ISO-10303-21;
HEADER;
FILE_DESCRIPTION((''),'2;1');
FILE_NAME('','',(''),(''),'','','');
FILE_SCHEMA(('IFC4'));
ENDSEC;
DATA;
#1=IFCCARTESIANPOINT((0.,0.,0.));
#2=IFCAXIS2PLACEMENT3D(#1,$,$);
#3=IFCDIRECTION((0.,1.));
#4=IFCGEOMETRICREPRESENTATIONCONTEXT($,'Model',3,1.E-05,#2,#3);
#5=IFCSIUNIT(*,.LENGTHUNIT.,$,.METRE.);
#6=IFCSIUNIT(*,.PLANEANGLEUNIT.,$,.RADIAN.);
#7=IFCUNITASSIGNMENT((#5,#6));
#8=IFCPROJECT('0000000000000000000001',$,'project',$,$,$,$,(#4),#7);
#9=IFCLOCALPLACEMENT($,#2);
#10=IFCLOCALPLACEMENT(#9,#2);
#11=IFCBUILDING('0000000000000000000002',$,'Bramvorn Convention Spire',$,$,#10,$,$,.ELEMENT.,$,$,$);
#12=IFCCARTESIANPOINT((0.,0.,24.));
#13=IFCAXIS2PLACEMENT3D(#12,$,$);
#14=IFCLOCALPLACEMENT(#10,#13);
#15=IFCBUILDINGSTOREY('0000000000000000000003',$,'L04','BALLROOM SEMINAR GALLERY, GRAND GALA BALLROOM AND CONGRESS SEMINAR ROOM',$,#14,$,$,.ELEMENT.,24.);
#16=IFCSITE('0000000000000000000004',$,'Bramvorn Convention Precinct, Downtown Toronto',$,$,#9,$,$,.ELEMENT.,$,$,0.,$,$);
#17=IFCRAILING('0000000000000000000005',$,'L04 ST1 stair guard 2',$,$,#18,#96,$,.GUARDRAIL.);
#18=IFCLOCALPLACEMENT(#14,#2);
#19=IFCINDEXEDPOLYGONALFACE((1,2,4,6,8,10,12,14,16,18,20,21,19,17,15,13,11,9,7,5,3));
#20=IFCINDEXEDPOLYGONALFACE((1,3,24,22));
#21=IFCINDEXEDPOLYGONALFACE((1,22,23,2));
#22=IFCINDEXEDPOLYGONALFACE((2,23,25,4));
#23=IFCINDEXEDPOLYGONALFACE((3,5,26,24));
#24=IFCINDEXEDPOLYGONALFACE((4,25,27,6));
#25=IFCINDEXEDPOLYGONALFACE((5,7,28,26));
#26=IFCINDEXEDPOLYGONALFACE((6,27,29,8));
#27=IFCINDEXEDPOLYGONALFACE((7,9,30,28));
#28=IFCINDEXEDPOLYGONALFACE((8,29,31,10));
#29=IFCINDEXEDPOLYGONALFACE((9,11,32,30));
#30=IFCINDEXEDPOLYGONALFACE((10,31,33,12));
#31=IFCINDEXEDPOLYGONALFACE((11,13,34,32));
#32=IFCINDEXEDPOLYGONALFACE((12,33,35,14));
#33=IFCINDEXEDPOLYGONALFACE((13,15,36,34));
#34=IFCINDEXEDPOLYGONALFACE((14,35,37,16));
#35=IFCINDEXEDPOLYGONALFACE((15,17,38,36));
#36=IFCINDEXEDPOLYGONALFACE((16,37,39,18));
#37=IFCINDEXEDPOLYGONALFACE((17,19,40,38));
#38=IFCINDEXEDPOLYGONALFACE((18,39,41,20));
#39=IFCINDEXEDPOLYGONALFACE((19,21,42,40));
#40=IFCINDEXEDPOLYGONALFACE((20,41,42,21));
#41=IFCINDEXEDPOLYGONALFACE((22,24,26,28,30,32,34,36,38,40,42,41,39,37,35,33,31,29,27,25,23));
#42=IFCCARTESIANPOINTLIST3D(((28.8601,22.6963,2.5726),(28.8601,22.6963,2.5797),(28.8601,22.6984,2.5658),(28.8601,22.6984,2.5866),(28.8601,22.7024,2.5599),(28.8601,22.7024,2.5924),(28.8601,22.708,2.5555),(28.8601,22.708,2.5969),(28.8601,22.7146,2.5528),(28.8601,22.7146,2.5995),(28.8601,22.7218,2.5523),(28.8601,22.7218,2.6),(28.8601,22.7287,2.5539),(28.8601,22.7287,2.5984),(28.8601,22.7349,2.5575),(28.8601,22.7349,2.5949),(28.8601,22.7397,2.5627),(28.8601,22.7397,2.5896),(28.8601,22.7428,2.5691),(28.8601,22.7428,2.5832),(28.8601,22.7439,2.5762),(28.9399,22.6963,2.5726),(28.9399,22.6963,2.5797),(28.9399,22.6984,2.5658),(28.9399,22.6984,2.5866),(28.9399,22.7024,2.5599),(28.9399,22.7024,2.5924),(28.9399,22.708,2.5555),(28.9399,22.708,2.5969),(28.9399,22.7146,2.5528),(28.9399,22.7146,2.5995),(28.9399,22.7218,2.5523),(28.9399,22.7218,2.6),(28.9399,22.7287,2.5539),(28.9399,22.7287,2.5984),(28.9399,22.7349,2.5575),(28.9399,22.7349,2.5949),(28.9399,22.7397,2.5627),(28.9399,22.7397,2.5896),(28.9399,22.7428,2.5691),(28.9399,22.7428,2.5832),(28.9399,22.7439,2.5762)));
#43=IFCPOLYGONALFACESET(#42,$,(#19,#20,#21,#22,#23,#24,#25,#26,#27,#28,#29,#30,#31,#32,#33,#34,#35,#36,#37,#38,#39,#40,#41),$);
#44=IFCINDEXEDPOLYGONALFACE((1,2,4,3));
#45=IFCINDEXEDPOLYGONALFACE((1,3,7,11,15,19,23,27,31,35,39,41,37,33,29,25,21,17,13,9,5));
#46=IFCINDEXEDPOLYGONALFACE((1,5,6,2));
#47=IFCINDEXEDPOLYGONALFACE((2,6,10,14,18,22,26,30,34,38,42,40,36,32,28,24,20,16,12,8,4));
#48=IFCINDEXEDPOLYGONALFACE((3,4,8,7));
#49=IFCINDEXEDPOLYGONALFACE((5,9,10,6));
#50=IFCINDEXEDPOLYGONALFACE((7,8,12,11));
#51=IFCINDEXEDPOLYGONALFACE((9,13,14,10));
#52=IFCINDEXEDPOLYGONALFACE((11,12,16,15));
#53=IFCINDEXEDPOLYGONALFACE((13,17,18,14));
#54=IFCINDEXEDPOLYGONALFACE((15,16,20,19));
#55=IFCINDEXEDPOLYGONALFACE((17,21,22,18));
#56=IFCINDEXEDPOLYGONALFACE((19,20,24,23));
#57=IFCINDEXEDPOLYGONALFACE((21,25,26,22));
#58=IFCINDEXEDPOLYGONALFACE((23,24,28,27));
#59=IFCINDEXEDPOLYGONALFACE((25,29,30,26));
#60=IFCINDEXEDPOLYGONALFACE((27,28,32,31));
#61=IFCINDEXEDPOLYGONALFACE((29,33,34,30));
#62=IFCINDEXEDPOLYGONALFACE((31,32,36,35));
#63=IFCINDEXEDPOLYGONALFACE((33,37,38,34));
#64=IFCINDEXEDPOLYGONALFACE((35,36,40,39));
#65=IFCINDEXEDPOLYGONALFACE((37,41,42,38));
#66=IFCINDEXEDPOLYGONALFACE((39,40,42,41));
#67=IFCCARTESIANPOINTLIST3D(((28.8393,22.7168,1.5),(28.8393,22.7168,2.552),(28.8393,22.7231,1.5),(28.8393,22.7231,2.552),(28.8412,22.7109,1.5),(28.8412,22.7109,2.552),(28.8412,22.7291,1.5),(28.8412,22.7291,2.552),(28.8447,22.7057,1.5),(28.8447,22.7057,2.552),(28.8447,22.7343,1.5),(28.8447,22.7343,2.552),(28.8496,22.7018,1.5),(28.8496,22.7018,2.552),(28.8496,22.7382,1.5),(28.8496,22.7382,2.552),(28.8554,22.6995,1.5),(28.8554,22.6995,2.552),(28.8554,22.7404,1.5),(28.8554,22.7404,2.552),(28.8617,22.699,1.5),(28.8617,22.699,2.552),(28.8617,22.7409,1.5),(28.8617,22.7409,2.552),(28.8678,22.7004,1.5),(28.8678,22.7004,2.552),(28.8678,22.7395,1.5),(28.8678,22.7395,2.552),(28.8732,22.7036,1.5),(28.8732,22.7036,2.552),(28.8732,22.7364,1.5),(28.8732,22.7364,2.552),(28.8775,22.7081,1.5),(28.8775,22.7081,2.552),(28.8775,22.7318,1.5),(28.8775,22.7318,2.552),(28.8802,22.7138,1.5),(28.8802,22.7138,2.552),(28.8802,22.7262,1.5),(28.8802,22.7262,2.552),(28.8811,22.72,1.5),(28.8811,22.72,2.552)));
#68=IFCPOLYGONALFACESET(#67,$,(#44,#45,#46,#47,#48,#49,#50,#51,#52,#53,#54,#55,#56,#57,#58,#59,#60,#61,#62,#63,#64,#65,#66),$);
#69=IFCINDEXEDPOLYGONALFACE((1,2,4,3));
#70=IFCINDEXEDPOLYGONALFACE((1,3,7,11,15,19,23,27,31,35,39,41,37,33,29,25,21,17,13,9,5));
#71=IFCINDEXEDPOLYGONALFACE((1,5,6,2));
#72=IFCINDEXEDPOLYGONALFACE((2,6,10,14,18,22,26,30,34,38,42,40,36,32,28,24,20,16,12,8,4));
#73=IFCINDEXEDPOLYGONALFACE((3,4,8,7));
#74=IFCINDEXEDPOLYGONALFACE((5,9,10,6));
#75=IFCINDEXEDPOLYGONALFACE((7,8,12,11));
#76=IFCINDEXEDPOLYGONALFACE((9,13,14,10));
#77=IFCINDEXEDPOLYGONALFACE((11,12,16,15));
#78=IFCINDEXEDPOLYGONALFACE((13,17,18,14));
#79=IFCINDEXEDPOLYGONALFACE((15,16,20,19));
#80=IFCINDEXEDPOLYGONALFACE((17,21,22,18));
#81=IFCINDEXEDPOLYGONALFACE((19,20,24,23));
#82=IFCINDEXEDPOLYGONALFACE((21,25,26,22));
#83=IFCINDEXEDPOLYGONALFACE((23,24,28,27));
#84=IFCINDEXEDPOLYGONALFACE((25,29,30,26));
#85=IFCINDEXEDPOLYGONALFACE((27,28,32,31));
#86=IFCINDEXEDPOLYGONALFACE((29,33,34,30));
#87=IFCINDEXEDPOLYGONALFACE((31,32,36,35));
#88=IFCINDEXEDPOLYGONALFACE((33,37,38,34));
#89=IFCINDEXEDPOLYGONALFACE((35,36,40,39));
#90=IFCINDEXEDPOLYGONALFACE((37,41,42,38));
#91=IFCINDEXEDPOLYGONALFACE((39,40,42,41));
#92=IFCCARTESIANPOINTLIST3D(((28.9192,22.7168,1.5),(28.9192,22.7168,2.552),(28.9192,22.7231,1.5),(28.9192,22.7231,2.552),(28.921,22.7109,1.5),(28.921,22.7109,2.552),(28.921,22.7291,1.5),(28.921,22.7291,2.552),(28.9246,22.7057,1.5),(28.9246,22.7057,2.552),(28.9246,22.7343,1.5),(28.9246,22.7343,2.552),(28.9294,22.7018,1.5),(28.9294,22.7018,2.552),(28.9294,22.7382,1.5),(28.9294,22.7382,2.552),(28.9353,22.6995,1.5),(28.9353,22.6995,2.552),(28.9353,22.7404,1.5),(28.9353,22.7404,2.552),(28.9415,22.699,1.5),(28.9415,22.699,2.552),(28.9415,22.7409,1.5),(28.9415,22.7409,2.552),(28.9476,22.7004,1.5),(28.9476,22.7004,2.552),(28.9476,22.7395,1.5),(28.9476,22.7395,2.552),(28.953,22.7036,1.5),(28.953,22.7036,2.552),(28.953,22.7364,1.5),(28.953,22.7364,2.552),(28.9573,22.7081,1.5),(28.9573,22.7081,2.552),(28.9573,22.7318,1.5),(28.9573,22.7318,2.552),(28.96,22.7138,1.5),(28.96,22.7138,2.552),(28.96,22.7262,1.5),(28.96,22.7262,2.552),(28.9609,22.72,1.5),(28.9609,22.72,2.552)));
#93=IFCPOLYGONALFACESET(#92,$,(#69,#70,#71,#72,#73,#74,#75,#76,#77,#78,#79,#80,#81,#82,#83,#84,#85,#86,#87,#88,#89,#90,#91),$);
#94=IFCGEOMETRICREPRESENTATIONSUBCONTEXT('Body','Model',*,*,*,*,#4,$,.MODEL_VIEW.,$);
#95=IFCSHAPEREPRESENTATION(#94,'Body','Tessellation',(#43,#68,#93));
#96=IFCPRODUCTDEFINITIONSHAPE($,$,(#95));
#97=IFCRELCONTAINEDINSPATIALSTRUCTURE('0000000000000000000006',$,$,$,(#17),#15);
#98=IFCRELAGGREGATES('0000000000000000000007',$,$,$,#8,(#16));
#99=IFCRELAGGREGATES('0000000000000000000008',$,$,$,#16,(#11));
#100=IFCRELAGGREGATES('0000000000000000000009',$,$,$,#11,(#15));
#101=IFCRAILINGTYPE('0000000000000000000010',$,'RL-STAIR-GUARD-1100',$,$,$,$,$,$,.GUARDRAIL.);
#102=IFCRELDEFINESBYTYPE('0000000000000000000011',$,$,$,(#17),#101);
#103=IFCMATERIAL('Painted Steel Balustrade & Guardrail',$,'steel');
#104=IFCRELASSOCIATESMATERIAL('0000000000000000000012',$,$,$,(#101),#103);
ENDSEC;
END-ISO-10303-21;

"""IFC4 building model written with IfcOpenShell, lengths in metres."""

from ifc_helpers import new_model, si_unit, direction, frame, origin, origin_2d, place, context, subcontext, project, spatial, circle, extrude, material, type_object, element, save


model = new_model("IFC4")

# Units and contexts
model_context = context("Model", 3, precision=1e-05, world=origin(), true_north=direction((0.0, 1.0)))
body_context = subcontext(model_context, "Body", "Model", "MODEL_VIEW")
ifc_project = project(units=[si_unit("LENGTHUNIT", "METRE"), si_unit("PLANEANGLEUNIT", "RADIAN")], contexts=[model_context])

# Site, building, storey
site_placement = place(None, origin())
site = spatial("IfcSite", under=ifc_project, at=site_placement, Name="Bramvorn Convention Precinct, Downtown Toronto", CompositionType="ELEMENT", RefElevation=0.0)
building_placement = place(site_placement, origin())
building = spatial("IfcBuilding", under=site, at=building_placement, Name="Bramvorn Convention Spire", CompositionType="ELEMENT")
storey_placement = place(building_placement, frame((0.0, 0.0, 24.0)))
storey = spatial("IfcBuildingStorey", under=building, at=storey_placement, Name="L04", Description="BALLROOM SEMINAR GALLERY, GRAND GALA BALLROOM AND CONGRESS SEMINAR ROOM", CompositionType="ELEMENT", Elevation=24.0)

# Railing
ifc_material_1 = material(Name="Painted Steel Balustrade & Guardrail", Category="steel")
railing_type = type_object("IfcRailingType", Name="RL-STAIR-GUARD-1100", PredefinedType="GUARDRAIL", material=ifc_material_1)
railing_1_placement = place(storey_placement, frame((28.8601, 22.72, 1.5)))
element("IfcRailing", 1, at=railing_1_placement, inside=storey, type_object=railing_type, Name="L04 ST1 stair guard 2", PredefinedType="GUARDRAIL", context=body_context, shape_type="SweptSolid", body=[
    extrude(circle(Radius=0.0239, at=origin_2d()), frame((0.0, 0.0, 1.0762), z_axis=(1.0, 0.0, 0.0), x_axis=(0.0, 1.0, 0.0)), (0.0, 0.0, 1.0), 0.0798),
    extrude(circle(Radius=0.021, at=origin_2d()), origin(), (0.0, 0.0, 1.0), 1.052),
    extrude(circle(Radius=0.021, at=origin_2d()), frame((0.0798, 0.0, 0.0)), (0.0, 0.0, 1.0), 1.052),
])

save(model, "model.ifc")
